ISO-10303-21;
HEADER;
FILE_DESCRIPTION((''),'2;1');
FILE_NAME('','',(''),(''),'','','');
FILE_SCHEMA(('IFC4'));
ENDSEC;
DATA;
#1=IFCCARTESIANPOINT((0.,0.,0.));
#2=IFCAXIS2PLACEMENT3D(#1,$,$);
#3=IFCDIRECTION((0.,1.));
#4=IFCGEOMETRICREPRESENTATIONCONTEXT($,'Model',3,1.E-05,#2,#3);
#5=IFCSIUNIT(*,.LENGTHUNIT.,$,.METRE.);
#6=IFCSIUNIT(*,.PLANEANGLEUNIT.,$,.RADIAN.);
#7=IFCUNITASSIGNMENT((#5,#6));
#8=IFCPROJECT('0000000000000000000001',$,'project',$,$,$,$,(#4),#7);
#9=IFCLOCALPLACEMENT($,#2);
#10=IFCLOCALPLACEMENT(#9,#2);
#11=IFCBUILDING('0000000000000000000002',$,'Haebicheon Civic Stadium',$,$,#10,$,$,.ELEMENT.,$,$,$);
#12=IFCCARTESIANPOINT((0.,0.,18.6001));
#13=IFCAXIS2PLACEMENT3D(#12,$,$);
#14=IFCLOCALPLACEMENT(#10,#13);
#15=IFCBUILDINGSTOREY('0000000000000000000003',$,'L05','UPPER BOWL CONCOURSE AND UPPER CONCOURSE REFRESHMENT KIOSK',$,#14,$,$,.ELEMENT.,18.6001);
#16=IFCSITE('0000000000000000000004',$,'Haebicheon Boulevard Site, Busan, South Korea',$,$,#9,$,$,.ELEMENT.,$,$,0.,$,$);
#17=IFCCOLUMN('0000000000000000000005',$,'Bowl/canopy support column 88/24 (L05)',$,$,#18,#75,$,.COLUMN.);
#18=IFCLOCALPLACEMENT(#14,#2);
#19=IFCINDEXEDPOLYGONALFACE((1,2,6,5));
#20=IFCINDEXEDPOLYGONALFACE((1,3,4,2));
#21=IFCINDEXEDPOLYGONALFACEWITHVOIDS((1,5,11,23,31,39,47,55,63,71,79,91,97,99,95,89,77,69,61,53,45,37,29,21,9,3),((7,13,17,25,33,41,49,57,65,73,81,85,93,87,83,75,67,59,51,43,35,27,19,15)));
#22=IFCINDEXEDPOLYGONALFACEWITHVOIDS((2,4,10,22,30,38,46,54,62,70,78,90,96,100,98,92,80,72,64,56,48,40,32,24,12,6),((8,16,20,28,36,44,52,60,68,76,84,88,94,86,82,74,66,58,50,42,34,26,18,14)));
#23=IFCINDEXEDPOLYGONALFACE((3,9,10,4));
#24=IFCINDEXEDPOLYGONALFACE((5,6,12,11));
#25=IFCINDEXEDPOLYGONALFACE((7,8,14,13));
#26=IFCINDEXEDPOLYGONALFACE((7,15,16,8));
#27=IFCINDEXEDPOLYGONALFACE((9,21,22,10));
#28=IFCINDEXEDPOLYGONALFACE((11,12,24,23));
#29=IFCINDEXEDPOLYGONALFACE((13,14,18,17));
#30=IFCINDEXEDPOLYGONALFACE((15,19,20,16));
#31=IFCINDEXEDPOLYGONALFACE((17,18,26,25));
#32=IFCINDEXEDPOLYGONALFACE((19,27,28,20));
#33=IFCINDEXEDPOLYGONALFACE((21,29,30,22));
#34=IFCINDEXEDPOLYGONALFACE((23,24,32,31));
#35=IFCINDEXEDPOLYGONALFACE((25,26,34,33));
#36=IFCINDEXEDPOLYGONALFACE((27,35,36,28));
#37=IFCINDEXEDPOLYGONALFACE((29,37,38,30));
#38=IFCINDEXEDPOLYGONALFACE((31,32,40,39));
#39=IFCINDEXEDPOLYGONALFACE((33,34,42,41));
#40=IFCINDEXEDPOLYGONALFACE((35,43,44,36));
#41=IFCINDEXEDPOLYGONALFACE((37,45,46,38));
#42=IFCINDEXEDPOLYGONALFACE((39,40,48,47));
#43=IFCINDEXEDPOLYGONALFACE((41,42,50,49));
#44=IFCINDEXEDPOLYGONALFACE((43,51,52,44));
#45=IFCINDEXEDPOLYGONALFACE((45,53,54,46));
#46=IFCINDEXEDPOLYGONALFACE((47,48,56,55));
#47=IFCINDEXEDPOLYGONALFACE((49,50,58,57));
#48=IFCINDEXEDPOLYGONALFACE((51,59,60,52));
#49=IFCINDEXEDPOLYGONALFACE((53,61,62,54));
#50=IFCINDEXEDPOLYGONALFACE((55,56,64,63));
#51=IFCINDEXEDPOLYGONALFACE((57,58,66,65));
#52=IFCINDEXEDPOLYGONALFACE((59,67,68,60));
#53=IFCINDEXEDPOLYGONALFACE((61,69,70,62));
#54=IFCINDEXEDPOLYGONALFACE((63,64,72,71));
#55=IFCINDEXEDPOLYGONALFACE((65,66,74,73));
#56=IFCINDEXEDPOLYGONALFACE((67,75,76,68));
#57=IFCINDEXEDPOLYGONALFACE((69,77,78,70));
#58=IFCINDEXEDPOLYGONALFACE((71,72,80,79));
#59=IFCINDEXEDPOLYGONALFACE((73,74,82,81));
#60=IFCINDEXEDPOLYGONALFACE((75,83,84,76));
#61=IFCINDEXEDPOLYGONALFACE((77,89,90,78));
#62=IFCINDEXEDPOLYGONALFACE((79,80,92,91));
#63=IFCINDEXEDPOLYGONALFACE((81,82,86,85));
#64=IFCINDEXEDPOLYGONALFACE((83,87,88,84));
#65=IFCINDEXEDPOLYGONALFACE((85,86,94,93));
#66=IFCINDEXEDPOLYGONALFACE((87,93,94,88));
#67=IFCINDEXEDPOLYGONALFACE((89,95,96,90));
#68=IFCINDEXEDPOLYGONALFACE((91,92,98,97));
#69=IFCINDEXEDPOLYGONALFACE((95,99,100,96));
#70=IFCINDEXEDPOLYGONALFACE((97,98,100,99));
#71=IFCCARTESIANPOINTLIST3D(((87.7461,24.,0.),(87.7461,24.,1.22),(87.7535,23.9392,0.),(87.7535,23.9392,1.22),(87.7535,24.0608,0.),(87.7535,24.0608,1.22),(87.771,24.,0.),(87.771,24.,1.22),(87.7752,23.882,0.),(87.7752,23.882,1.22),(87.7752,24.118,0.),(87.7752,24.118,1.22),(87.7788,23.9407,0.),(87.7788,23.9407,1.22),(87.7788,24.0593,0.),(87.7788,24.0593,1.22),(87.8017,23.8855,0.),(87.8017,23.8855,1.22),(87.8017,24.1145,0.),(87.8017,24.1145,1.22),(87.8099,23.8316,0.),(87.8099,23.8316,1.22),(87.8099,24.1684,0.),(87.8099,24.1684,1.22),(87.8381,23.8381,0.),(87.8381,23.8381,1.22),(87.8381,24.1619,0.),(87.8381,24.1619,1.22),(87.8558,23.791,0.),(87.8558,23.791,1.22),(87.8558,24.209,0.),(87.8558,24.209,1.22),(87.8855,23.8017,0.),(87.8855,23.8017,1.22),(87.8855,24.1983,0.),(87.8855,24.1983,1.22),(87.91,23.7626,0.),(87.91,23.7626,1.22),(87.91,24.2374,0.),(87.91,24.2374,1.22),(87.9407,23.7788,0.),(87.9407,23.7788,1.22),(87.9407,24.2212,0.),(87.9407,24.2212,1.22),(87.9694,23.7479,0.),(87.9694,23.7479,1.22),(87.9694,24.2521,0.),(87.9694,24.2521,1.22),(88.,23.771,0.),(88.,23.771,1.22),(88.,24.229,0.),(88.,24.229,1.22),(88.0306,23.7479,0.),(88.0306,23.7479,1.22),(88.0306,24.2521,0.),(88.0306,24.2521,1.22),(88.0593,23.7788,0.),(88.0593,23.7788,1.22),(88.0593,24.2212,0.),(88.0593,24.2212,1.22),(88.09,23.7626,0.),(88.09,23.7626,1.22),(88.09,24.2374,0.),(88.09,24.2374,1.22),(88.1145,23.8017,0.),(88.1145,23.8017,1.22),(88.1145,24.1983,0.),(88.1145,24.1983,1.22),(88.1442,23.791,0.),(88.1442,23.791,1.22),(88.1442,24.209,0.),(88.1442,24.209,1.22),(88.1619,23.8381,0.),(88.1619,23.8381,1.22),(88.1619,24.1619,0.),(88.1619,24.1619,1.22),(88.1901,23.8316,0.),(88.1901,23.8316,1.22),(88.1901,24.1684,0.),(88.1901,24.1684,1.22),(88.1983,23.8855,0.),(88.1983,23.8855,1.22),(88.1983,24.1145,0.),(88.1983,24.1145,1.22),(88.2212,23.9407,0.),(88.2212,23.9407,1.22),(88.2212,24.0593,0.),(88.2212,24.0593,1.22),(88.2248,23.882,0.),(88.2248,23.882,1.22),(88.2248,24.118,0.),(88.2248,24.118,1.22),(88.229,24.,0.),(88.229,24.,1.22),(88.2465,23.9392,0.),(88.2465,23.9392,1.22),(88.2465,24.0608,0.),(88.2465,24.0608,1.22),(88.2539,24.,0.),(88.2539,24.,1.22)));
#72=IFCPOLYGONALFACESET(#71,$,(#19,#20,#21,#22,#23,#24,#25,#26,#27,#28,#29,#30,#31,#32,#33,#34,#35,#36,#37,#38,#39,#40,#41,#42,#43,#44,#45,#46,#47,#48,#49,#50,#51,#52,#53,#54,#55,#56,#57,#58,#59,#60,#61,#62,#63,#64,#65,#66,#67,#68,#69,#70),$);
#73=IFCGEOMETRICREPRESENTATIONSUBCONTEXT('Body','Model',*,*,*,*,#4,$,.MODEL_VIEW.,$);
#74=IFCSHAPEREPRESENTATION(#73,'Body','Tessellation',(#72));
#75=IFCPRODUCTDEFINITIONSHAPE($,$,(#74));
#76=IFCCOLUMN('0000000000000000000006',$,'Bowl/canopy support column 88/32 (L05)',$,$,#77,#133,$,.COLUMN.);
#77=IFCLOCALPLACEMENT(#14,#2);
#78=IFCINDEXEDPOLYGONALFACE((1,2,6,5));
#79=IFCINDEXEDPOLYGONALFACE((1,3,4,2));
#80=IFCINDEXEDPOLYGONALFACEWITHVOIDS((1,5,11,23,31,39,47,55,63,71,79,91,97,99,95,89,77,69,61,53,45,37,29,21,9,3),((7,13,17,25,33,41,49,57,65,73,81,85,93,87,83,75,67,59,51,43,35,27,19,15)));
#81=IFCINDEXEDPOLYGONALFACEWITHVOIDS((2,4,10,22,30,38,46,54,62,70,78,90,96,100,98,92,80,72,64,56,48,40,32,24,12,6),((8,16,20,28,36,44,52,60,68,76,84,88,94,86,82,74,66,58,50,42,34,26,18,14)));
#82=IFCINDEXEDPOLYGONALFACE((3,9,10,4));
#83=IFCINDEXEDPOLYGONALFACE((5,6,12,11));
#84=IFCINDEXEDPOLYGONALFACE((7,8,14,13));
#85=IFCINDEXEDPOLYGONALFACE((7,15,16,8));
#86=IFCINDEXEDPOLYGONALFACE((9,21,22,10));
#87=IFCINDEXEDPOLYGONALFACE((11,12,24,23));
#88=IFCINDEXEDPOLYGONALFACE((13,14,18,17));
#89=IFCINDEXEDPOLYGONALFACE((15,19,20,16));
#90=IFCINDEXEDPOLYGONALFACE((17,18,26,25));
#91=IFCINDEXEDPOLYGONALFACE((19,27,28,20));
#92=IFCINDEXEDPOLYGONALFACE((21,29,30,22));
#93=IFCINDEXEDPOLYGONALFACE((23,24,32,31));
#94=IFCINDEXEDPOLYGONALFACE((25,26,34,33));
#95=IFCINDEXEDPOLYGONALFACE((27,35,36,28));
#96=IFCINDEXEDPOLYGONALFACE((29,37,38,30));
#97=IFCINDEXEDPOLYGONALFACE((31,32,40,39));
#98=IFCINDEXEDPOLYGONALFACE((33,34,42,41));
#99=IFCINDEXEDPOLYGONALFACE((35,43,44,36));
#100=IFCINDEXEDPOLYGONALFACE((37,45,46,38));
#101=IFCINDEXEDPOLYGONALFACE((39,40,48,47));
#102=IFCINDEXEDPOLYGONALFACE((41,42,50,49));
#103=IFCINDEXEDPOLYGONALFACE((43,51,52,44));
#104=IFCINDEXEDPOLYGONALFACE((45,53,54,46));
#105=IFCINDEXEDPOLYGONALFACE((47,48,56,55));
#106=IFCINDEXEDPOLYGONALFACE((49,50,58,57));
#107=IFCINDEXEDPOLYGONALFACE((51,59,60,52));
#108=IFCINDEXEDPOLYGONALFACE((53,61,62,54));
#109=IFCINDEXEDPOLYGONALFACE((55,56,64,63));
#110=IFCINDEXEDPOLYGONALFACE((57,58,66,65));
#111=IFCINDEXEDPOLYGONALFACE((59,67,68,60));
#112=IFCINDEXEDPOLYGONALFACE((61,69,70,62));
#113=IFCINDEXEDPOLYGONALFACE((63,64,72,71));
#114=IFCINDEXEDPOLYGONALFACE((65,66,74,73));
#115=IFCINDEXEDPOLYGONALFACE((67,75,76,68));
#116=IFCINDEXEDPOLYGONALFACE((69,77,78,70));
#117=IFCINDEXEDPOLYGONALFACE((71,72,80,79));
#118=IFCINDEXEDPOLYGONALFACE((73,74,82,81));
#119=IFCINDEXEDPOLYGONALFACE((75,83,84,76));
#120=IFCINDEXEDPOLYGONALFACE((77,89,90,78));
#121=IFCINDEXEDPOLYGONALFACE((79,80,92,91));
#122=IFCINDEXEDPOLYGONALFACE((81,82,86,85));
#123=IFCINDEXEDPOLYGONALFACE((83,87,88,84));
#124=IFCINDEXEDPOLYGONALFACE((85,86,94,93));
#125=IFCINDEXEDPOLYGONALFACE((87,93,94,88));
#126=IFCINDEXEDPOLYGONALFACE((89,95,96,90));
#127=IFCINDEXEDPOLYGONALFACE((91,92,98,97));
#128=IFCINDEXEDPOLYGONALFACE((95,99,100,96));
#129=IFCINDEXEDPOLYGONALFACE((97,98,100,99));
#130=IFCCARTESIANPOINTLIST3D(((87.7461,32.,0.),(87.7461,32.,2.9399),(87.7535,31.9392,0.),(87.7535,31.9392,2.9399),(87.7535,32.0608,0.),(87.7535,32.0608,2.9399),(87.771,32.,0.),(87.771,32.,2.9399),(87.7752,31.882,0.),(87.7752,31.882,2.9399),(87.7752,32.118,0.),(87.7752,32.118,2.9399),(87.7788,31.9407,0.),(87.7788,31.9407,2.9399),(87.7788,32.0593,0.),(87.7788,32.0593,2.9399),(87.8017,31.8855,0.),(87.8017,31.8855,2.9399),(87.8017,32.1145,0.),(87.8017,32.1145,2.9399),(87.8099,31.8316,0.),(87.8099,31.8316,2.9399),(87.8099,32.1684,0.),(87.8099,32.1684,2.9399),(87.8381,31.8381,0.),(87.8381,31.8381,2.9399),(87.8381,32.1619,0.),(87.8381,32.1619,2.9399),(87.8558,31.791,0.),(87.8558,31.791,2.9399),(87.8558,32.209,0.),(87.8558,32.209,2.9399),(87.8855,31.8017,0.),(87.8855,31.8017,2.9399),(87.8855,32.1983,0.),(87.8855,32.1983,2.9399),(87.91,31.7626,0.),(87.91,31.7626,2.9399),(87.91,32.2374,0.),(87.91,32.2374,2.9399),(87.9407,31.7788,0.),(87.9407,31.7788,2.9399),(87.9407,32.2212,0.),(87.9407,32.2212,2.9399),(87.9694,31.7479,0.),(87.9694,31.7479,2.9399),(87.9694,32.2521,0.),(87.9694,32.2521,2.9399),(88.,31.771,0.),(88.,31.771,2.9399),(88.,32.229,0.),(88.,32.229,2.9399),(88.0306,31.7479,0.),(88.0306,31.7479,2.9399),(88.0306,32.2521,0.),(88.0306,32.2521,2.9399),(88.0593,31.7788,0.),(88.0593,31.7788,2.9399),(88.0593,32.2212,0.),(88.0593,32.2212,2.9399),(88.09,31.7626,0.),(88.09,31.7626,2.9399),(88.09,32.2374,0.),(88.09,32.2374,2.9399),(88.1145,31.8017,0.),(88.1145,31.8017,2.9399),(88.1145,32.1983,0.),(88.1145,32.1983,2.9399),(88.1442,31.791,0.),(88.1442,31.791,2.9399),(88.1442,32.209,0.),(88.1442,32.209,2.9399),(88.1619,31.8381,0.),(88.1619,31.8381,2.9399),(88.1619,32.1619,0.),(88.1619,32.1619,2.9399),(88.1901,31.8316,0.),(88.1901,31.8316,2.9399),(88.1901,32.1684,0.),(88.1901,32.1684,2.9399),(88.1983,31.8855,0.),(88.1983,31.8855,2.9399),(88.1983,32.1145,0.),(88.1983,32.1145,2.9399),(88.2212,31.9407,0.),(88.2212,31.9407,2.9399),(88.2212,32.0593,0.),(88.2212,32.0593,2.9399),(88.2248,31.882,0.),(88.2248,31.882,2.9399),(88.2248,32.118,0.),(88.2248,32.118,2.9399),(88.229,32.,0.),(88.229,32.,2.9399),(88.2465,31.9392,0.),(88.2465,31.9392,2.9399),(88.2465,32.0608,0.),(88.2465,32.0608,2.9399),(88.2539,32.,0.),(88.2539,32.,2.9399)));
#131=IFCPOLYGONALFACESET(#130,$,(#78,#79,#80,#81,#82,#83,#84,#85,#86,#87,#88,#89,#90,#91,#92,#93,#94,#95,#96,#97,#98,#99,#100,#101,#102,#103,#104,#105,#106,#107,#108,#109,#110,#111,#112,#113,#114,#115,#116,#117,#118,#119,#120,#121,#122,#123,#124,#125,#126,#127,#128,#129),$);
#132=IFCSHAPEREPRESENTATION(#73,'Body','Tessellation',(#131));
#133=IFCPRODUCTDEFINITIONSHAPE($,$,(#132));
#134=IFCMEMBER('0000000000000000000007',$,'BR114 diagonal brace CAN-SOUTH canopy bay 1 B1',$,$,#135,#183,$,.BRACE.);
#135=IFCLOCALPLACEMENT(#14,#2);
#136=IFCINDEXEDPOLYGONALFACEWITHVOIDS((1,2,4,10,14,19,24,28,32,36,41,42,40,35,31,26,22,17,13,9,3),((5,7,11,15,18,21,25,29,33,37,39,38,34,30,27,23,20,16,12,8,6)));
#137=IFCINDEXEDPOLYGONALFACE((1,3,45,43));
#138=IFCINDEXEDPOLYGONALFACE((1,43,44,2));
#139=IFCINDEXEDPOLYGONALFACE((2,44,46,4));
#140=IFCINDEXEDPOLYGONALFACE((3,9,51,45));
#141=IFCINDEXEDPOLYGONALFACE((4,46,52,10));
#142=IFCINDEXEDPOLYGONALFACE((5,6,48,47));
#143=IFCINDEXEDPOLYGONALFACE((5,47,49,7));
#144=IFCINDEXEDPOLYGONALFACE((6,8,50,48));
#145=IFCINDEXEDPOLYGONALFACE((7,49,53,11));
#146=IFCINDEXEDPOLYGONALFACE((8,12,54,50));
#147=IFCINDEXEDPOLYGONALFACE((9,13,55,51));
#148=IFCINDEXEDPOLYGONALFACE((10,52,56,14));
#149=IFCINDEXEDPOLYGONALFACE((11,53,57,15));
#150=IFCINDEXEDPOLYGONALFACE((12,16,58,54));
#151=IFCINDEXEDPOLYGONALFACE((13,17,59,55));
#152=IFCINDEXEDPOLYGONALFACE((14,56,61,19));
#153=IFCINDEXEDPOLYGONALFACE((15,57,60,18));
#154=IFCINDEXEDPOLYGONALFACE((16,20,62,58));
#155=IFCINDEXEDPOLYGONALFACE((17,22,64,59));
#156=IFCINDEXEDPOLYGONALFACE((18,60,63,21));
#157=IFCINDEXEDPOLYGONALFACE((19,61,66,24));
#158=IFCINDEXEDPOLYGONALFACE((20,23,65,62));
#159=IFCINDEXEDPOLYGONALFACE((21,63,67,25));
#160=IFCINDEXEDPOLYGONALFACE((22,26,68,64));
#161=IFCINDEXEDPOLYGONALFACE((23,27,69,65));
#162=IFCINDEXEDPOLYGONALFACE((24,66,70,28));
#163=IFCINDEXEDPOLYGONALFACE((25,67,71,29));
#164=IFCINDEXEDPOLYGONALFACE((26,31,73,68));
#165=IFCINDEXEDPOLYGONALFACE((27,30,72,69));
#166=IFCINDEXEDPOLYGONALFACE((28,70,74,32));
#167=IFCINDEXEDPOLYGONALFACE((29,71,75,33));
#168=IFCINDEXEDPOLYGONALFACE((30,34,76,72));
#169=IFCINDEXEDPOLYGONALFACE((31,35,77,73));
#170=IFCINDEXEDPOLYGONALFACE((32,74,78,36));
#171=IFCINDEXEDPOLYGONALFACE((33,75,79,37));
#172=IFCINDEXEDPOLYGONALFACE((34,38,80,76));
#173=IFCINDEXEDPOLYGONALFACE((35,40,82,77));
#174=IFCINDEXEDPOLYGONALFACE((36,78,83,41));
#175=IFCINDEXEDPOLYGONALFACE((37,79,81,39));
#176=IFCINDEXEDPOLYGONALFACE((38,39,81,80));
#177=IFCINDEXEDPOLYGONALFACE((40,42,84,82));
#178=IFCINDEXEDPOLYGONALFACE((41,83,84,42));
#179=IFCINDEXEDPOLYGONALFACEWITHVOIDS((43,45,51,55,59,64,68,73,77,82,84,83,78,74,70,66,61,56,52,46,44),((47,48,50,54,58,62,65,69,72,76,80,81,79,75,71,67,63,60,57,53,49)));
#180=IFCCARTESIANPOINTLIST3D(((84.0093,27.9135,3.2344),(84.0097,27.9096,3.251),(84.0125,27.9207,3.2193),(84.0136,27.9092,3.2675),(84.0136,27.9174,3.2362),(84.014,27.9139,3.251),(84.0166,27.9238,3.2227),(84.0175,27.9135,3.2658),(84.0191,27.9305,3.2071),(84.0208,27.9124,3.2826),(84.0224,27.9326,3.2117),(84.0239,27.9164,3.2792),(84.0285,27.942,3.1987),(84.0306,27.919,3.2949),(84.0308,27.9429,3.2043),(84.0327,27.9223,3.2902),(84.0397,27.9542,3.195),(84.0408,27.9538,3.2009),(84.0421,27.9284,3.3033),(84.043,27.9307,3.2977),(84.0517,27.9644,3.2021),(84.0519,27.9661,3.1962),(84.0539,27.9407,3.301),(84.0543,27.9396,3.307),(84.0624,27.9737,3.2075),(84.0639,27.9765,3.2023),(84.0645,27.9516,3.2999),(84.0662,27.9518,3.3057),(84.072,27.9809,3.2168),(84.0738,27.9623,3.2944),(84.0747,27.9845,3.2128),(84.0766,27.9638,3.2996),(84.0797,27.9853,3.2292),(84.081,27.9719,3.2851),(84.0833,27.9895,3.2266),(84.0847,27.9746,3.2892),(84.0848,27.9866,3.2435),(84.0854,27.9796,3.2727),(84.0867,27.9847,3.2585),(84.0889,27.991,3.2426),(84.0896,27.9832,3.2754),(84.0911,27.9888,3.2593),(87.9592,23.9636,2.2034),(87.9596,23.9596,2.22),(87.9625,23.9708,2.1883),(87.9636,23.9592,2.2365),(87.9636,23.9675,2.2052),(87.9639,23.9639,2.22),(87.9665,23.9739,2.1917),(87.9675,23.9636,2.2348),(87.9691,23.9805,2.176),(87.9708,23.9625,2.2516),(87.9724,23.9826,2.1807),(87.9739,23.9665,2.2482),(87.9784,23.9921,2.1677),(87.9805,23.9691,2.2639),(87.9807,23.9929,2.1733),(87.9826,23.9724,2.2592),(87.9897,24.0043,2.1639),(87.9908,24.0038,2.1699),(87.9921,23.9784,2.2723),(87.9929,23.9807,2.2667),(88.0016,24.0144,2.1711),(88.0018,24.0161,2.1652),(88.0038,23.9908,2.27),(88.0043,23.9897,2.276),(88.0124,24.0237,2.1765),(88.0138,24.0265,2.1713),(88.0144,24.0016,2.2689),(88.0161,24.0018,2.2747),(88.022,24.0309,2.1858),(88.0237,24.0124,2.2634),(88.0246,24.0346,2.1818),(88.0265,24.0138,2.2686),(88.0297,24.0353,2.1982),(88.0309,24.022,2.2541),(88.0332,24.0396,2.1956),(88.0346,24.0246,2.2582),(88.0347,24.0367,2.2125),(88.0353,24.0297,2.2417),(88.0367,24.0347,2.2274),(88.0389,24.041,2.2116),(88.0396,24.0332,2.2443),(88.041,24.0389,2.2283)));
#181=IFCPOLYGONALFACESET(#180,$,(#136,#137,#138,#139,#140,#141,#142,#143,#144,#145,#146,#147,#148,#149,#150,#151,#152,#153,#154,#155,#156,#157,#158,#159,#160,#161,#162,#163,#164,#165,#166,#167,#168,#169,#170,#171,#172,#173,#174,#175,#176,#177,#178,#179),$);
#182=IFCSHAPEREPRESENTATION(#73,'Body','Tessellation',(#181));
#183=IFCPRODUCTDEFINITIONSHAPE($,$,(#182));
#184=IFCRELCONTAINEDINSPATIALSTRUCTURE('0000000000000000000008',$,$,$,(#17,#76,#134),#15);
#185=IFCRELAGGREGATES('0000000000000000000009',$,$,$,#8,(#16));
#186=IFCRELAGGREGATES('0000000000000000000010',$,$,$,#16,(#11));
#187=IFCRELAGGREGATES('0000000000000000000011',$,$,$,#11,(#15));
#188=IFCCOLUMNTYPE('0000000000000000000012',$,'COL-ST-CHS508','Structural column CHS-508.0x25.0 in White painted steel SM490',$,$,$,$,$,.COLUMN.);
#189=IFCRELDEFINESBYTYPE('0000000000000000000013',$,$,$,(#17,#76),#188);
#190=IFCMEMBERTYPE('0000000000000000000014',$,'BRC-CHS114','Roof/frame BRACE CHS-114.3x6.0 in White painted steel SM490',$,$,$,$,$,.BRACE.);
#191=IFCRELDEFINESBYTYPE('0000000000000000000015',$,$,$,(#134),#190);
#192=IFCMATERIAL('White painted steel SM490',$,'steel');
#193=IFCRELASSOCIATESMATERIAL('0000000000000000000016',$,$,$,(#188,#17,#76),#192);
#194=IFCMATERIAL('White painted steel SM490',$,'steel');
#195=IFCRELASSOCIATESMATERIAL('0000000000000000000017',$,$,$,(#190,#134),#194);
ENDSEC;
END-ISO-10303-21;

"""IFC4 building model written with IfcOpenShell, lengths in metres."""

from ifc_helpers import new_model, si_unit, direction, frame, origin, origin_2d, place, context, subcontext, project, spatial, hollow_circle, extrude, material, material_profile, profile_set, type_object, element, save


model = new_model("IFC4")

# Units and contexts
model_context = context("Model", 3, precision=1e-05, world=origin(), true_north=direction((0.0, 1.0)))
body_context = subcontext(model_context, "Body", "Model", "MODEL_VIEW")
ifc_project = project(units=[si_unit("LENGTHUNIT", "METRE"), si_unit("PLANEANGLEUNIT", "RADIAN")], contexts=[model_context])

# Site, building, storey
site_placement = place(None, origin())
site = spatial("IfcSite", under=ifc_project, at=site_placement, Name="Haebicheon Boulevard Site, Busan, South Korea", CompositionType="ELEMENT", RefElevation=0.0)
building_placement = place(site_placement, origin())
building = spatial("IfcBuilding", under=site, at=building_placement, Name="Haebicheon Civic Stadium", CompositionType="ELEMENT")
storey_placement = place(building_placement, frame((0.0, 0.0, 18.6001)))
storey = spatial("IfcBuildingStorey", under=building, at=storey_placement, Name="L05", Description="UPPER BOWL CONCOURSE AND UPPER CONCOURSE REFRESHMENT KIOSK", CompositionType="ELEMENT", Elevation=18.6001)

# Columns
ifc_material_1 = material(Name="White painted steel SM490", Category="steel")
ifc_material_profile_1 = material_profile(ifc_material_1, hollow_circle(Radius=0.2539, WallThickness=0.0249, at=origin_2d()), Name="CHS-508.0x25.0")
ifc_profile_set_1 = profile_set([ifc_material_profile_1], Name="White painted steel SM490")
column_type = type_object("IfcColumnType", Name="COL-ST-CHS508", Description="Structural column CHS-508.0x25.0 in White painted steel SM490", PredefinedType="COLUMN", material=ifc_profile_set_1)
column_1_placement = place(storey_placement, frame((88.0, 24.0, 0.0), z_axis=(0.0, 0.0, 1.0), x_axis=(1.0, 0.0, 0.0)))
element("IfcColumn", 1, at=column_1_placement, inside=storey, type_object=column_type, material=ifc_profile_set_1, Name="Bowl/canopy support column 88/24 (L05)", PredefinedType="COLUMN", context=body_context, shape_type="SweptSolid", body=[
    extrude(hollow_circle(Radius=0.2539, WallThickness=0.0249, at=origin_2d()), origin(), (0.0, 0.0, 1.0), 1.22),
])
column_2_placement = place(storey_placement, frame((88.0, 32.0, 0.0), z_axis=(0.0, 0.0, 1.0), x_axis=(1.0, 0.0, 0.0)))
element("IfcColumn", 2, at=column_2_placement, inside=storey, type_object=column_type, material=ifc_profile_set_1, Name="Bowl/canopy support column 88/32 (L05)", PredefinedType="COLUMN", context=body_context, shape_type="SweptSolid", body=[
    extrude(hollow_circle(Radius=0.2539, WallThickness=0.0249, at=origin_2d()), origin(), (0.0, 0.0, 1.0), 2.9399),
])

# Member
ifc_material_2 = material(Name="White painted steel SM490", Category="steel")
ifc_material_profile_2 = material_profile(ifc_material_2, hollow_circle(Radius=0.0571, WallThickness=0.0061, at=origin_2d()), Name="CHS-114.3x6.0")
ifc_profile_set_2 = profile_set([ifc_material_profile_2], Name="White painted steel SM490")
member_type_1 = type_object("IfcMemberType", Name="BRC-CHS114", Description="Roof/frame BRACE CHS-114.3x6.0 in White painted steel SM490", PredefinedType="BRACE", material=ifc_profile_set_2)
member_1_placement = place(storey_placement, frame((88.0, 24.0, 2.22), z_axis=(-0.695362, 0.695362, 0.181502), x_axis=(-0.707107, -0.707107, 0.0)))
element("IfcMember", 3, at=member_1_placement, inside=storey, type_object=member_type_1, material=ifc_profile_set_2, Name="BR114 diagonal brace CAN-SOUTH canopy bay 1 B1", PredefinedType="BRACE", context=body_context, shape_type="SweptSolid", body=[
    extrude(hollow_circle(Radius=0.0571, WallThickness=0.0061, at=origin_2d()), origin(), (0.0, 0.0, 1.0), 5.6804),
])

save(model, "model.ifc")
